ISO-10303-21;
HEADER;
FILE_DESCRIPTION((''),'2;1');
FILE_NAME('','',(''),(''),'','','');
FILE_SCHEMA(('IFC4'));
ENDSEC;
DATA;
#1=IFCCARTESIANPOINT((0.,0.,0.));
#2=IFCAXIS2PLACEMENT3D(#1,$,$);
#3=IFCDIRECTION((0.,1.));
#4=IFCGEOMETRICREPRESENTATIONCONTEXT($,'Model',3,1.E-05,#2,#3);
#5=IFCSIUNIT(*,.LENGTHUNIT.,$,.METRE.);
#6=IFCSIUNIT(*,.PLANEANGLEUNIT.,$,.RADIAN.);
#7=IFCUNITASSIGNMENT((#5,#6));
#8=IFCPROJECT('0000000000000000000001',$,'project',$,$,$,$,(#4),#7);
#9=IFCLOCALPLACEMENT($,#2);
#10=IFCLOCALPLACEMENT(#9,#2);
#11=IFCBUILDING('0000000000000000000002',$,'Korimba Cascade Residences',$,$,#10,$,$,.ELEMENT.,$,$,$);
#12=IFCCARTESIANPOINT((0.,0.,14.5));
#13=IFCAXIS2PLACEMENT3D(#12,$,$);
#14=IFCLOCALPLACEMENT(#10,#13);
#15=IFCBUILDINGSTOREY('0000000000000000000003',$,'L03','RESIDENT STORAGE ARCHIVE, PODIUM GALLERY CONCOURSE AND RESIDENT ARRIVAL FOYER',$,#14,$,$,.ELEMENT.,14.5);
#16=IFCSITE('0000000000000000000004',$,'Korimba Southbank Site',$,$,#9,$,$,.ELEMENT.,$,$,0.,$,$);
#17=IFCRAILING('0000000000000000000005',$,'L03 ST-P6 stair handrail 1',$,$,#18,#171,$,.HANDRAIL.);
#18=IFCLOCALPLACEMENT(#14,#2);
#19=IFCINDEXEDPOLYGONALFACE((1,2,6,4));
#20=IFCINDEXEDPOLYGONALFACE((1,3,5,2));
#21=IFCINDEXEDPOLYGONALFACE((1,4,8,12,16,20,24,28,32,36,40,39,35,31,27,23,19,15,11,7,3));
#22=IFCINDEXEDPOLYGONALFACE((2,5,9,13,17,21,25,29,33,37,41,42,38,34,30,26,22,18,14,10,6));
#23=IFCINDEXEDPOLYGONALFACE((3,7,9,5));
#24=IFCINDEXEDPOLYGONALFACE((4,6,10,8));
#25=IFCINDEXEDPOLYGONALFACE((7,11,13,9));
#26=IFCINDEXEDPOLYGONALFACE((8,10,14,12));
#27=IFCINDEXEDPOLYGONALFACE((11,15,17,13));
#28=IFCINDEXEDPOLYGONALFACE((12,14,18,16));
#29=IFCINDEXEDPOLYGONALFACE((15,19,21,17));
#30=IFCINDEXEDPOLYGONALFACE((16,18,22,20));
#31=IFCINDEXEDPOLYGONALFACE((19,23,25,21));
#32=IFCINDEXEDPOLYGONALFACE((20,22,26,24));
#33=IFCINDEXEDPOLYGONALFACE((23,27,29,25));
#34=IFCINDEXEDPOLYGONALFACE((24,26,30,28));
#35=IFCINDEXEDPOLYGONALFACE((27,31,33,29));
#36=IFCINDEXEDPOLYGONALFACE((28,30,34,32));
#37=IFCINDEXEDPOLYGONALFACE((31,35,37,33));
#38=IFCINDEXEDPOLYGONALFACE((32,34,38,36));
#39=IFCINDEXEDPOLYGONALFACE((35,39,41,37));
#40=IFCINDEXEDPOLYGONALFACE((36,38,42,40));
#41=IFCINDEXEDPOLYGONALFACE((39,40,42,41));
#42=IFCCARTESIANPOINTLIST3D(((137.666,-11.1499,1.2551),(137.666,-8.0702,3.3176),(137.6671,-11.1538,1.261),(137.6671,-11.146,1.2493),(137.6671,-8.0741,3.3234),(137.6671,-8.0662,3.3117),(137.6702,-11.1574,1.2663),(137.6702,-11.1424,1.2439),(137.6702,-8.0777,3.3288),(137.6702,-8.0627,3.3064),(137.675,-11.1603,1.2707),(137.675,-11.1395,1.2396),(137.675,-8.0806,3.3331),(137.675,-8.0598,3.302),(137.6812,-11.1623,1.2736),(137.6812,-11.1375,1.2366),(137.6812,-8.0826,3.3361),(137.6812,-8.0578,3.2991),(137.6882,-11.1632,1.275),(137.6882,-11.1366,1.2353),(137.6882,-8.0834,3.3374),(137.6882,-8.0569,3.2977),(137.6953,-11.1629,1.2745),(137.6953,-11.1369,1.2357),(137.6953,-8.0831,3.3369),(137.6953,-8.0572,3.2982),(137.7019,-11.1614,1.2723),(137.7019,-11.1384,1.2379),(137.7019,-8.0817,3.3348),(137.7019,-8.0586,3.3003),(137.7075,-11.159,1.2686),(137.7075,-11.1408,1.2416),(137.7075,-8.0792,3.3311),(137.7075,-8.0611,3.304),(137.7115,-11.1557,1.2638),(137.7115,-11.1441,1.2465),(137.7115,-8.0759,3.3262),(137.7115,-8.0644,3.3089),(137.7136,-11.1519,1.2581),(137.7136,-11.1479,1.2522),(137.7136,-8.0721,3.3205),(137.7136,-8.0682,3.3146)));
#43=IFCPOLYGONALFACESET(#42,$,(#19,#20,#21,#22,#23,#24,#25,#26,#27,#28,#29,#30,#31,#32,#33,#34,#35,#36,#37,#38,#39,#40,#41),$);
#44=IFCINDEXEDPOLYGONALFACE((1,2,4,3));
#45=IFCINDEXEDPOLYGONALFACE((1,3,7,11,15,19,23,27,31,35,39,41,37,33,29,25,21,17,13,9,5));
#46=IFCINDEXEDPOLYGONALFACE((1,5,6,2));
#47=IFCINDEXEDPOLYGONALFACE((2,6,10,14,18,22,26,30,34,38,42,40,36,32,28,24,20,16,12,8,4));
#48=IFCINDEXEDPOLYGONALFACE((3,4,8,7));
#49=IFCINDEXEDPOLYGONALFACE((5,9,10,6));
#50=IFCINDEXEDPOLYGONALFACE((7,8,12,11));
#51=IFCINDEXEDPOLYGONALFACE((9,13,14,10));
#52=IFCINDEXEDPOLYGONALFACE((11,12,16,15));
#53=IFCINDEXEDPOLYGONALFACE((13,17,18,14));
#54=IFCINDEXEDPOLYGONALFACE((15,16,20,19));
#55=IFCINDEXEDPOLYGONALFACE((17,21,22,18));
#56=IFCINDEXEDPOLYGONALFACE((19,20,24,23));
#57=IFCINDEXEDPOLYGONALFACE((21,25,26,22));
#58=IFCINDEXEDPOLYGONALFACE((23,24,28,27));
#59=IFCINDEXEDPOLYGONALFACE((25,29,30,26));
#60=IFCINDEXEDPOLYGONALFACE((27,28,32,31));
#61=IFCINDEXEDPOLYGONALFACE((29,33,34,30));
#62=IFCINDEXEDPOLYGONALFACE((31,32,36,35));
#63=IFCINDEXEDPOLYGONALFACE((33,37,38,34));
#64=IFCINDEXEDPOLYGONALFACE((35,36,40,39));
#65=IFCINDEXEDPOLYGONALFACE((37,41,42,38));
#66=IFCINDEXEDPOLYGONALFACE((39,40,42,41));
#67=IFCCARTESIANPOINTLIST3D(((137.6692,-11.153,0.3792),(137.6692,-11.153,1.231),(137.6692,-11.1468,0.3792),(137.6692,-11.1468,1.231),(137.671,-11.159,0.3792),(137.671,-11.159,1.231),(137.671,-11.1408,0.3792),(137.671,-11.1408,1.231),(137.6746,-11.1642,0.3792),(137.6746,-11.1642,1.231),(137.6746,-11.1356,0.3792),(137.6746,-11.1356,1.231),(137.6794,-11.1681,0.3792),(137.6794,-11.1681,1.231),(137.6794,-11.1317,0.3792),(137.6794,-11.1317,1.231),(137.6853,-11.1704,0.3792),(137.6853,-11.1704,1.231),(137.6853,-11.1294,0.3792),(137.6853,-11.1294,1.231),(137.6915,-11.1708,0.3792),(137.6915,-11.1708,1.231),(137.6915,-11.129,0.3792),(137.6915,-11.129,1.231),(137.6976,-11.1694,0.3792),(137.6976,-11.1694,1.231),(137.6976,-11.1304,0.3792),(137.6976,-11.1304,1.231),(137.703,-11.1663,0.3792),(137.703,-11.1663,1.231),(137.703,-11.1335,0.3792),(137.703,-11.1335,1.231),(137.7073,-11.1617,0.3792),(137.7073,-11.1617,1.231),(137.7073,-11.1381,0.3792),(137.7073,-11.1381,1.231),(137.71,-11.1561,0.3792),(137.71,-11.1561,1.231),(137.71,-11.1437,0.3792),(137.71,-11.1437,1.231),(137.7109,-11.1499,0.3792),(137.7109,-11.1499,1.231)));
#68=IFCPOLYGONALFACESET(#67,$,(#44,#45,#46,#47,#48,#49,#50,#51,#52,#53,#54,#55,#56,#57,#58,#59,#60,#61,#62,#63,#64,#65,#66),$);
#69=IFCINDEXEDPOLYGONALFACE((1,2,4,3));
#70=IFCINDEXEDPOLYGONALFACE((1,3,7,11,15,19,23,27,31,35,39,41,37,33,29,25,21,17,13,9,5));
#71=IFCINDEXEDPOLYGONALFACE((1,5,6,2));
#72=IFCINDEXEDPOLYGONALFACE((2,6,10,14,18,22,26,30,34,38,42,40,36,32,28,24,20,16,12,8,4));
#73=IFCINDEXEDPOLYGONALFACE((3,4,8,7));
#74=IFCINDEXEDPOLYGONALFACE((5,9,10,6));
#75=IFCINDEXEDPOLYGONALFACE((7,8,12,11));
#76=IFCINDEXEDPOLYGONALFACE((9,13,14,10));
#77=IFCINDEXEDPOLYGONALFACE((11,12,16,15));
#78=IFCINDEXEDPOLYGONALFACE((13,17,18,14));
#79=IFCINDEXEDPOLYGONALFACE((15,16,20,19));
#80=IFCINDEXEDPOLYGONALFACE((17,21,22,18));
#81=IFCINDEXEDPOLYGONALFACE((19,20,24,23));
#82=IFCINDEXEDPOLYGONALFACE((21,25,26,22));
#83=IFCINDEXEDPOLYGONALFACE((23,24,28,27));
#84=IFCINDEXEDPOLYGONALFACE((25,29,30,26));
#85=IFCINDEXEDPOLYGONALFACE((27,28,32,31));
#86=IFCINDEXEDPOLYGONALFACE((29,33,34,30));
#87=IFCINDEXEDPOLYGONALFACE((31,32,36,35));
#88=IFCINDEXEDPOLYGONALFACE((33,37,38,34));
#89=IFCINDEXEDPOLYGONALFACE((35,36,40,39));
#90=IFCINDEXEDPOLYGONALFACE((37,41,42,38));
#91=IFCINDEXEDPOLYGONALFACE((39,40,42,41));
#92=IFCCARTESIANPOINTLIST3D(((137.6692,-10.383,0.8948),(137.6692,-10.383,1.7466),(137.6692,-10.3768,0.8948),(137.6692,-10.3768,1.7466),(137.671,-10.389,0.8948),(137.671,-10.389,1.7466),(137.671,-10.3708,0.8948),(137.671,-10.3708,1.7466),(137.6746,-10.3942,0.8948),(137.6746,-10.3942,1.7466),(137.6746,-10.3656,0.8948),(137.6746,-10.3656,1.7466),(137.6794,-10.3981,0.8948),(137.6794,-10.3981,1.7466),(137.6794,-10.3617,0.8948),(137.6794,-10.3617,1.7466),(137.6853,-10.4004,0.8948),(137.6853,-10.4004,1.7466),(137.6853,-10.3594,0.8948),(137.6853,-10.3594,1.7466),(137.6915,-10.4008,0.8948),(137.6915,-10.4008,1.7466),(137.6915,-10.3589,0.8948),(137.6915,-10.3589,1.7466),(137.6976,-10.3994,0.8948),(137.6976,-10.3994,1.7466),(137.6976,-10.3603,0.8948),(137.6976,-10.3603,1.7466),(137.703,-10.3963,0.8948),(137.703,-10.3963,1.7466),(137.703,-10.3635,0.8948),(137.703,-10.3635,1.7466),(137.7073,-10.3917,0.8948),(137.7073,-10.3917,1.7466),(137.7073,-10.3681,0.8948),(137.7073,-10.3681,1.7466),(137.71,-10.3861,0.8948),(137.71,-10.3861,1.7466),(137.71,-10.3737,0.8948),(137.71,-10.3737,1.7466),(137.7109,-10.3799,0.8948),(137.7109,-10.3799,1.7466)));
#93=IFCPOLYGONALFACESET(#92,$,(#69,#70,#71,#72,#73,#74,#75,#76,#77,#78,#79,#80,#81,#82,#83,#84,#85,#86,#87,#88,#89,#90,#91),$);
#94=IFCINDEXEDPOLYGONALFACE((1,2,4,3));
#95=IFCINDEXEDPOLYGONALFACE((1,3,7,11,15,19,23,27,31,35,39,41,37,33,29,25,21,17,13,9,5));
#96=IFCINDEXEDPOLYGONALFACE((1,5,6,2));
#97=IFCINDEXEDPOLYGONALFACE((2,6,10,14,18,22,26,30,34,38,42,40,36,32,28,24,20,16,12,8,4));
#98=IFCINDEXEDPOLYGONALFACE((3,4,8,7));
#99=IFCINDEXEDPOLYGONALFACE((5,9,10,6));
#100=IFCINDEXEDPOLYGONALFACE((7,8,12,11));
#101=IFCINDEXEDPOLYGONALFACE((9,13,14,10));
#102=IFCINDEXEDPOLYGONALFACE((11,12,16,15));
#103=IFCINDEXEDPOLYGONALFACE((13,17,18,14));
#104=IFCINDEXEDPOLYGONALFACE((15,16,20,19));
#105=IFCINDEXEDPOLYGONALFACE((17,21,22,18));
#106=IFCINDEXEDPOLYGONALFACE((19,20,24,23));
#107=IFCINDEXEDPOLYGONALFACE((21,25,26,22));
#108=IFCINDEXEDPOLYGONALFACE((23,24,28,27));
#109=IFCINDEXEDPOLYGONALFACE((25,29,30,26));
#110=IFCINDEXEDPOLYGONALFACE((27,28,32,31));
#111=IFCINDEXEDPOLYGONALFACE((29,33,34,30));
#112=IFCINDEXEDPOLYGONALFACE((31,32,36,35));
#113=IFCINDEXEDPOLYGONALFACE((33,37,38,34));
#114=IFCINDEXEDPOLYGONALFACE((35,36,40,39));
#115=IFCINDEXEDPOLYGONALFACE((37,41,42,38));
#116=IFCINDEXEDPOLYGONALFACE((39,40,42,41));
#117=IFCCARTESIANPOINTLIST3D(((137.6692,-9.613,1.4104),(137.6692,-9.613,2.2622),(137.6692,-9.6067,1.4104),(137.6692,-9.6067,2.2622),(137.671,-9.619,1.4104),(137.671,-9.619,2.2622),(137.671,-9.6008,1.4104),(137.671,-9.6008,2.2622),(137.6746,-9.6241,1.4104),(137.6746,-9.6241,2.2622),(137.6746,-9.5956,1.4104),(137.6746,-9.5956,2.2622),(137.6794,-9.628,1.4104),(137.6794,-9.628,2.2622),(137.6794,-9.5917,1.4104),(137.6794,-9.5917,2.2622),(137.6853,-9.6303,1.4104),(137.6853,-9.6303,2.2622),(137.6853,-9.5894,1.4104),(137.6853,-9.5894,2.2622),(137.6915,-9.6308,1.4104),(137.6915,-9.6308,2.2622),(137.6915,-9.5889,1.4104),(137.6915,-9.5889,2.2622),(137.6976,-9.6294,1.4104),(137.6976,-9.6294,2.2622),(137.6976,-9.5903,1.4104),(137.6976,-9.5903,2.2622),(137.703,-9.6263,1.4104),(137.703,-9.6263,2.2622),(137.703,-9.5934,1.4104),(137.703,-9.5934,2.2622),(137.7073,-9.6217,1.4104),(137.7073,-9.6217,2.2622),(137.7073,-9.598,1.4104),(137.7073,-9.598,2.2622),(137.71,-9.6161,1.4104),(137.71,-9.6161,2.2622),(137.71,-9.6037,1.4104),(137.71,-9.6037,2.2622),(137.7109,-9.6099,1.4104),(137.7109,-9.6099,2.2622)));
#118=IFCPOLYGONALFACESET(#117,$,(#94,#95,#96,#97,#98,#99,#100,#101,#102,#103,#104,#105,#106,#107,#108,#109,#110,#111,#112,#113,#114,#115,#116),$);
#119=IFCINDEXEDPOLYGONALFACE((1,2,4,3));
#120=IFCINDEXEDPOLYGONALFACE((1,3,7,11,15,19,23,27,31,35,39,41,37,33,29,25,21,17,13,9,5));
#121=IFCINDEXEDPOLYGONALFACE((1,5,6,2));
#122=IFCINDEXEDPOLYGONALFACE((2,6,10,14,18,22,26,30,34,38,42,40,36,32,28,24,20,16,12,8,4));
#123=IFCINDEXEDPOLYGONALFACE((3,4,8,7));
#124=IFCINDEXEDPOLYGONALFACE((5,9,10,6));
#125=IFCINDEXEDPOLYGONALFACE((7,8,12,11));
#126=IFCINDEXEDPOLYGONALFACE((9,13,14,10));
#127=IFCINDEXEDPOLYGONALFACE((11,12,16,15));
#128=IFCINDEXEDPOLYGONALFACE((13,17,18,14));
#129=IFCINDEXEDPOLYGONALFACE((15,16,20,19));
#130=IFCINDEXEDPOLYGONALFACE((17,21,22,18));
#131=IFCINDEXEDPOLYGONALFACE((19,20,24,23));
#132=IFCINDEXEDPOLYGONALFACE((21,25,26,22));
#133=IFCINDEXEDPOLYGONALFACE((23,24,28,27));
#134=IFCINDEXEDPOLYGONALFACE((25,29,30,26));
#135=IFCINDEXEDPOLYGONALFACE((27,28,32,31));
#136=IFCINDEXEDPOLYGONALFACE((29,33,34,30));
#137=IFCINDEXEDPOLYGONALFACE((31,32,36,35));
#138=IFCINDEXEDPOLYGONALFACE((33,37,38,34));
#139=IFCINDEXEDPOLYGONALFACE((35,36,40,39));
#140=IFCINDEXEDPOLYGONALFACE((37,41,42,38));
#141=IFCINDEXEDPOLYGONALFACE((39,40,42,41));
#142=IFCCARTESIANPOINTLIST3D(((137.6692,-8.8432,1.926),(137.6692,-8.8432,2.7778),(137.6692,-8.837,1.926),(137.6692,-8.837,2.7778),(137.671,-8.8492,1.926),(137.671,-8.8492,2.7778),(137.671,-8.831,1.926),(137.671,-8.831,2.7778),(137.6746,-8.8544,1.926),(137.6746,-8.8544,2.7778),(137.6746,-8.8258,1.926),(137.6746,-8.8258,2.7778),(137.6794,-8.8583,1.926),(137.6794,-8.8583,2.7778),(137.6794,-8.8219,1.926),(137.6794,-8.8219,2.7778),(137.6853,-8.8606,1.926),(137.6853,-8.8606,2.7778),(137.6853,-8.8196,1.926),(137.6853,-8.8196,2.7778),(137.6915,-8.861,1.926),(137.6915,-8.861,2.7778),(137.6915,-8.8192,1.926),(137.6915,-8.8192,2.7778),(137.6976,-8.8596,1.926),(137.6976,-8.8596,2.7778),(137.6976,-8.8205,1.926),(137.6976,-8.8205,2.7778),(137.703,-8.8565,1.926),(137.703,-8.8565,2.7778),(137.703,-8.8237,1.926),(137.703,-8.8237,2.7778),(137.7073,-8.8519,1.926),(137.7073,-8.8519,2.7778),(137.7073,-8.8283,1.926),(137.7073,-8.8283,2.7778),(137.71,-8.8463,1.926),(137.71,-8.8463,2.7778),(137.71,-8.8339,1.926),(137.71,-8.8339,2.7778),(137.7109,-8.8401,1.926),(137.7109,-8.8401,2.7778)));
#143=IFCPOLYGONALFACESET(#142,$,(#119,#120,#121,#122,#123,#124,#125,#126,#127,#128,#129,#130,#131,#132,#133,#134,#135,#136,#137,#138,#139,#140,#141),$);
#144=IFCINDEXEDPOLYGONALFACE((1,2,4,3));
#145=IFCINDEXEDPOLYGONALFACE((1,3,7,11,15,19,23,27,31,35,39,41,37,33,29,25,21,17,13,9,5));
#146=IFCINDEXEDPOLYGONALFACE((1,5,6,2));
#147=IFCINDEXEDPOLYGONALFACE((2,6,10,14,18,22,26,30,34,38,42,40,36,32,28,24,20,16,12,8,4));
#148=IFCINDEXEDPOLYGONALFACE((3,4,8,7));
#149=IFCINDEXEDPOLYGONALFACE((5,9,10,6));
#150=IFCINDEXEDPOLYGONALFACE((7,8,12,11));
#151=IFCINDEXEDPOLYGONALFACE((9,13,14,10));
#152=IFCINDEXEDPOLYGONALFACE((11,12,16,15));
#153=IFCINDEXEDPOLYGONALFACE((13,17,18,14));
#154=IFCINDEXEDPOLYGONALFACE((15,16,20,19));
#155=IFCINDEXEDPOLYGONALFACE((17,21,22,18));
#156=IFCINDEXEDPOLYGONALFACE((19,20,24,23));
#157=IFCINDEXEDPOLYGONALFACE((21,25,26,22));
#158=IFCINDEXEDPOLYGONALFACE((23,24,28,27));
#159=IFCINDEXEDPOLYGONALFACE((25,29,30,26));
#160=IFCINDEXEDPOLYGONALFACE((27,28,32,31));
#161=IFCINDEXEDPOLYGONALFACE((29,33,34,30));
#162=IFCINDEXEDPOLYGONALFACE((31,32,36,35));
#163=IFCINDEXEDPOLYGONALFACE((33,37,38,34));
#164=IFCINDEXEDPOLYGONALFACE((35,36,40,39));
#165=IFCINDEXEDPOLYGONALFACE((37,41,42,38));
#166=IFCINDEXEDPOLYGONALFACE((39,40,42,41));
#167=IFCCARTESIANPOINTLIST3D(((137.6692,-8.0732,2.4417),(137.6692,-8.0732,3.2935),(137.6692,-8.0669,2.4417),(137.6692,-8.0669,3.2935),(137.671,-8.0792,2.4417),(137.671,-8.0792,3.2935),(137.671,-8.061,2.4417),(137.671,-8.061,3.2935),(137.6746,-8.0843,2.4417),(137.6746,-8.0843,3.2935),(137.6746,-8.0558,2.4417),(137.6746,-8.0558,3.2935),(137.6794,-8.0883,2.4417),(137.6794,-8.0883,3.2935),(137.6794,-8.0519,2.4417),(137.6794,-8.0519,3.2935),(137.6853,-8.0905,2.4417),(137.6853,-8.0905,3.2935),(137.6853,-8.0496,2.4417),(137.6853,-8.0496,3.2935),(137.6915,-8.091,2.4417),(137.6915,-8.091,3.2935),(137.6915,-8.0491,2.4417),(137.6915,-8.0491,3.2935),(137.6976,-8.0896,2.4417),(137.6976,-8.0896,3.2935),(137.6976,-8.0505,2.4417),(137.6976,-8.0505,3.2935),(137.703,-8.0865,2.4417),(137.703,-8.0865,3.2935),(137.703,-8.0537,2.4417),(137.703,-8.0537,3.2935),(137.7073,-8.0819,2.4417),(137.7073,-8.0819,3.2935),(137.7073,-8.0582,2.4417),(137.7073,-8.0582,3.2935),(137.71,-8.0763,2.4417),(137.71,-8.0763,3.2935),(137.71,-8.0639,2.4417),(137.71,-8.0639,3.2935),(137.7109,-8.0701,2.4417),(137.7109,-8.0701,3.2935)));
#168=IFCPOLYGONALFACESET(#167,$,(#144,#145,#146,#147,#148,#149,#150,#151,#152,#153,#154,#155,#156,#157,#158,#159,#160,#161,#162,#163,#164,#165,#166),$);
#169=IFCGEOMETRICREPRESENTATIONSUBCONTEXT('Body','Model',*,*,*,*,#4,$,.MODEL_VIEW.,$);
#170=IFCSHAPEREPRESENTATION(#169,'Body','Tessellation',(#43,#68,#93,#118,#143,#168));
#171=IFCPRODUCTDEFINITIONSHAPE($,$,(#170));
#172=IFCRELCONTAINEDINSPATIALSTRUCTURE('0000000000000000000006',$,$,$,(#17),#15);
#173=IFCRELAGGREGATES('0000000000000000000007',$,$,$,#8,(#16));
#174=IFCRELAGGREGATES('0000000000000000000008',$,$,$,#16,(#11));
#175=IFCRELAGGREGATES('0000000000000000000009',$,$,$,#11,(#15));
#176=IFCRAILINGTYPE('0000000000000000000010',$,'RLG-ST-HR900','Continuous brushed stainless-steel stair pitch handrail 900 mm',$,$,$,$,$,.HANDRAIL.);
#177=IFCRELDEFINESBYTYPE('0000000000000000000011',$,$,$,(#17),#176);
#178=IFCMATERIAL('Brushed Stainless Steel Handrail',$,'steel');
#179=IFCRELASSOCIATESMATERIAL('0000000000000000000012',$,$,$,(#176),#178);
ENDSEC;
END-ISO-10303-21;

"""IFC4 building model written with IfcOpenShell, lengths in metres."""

from ifc_helpers import new_model, si_unit, direction, frame, origin, origin_2d, place, context, subcontext, project, spatial, circle, extrude, material, type_object, element, save


model = new_model("IFC4")

# Units and contexts
model_context = context("Model", 3, precision=1e-05, world=origin(), true_north=direction((0.0, 1.0)))
body_context = subcontext(model_context, "Body", "Model", "MODEL_VIEW")
ifc_project = project(units=[si_unit("LENGTHUNIT", "METRE"), si_unit("PLANEANGLEUNIT", "RADIAN")], contexts=[model_context])

# Site, building, storey
site_placement = place(None, origin())
site = spatial("IfcSite", under=ifc_project, at=site_placement, Name="Korimba Southbank Site", CompositionType="ELEMENT", RefElevation=0.0)
building_placement = place(site_placement, origin())
building = spatial("IfcBuilding", under=site, at=building_placement, Name="Korimba Cascade Residences", CompositionType="ELEMENT")
storey_placement = place(building_placement, frame((0.0, 0.0, 14.5)))
storey = spatial("IfcBuildingStorey", under=building, at=storey_placement, Name="L03", Description="RESIDENT STORAGE ARCHIVE, PODIUM GALLERY CONCOURSE AND RESIDENT ARRIVAL FOYER", CompositionType="ELEMENT", Elevation=14.5)

# Railing
ifc_material_1 = material(Name="Brushed Stainless Steel Handrail", Category="steel")
railing_type_1 = type_object("IfcRailingType", Name="RLG-ST-HR900", Description="Continuous brushed stainless-steel stair pitch handrail 900 mm", PredefinedType="HANDRAIL", material=ifc_material_1)
railing_1_placement = place(storey_placement, frame((137.6899, -11.1499, 0.3792)))
element("IfcRailing", 1, at=railing_1_placement, inside=storey, type_object=railing_type_1, Name="L03 ST-P6 stair handrail 1", PredefinedType="HANDRAIL", context=body_context, shape_type="SweptSolid", body=[
    extrude(circle(Radius=0.0239, at=origin_2d()), frame((0.0, 0.0, 0.876), z_axis=(0.0, 0.830893, 0.556432), x_axis=(-1.0, 0.0, 0.0)), (0.0, 0.0, 1.0), 3.7065),
    extrude(circle(Radius=0.021, at=origin_2d()), origin(), (0.0, 0.0, 1.0), 0.8518),
    extrude(circle(Radius=0.021, at=origin_2d()), frame((0.0, 0.77, 0.5156)), (0.0, 0.0, 1.0), 0.8518),
    extrude(circle(Radius=0.021, at=origin_2d()), frame((0.0, 1.54, 1.0312)), (0.0, 0.0, 1.0), 0.8518),
    extrude(circle(Radius=0.021, at=origin_2d()), frame((0.0, 2.3098, 1.5469)), (0.0, 0.0, 1.0), 0.8518),
    extrude(circle(Radius=0.021, at=origin_2d()), frame((0.0, 3.0798, 2.0625)), (0.0, 0.0, 1.0), 0.8518),
])

save(model, "model.ifc")
